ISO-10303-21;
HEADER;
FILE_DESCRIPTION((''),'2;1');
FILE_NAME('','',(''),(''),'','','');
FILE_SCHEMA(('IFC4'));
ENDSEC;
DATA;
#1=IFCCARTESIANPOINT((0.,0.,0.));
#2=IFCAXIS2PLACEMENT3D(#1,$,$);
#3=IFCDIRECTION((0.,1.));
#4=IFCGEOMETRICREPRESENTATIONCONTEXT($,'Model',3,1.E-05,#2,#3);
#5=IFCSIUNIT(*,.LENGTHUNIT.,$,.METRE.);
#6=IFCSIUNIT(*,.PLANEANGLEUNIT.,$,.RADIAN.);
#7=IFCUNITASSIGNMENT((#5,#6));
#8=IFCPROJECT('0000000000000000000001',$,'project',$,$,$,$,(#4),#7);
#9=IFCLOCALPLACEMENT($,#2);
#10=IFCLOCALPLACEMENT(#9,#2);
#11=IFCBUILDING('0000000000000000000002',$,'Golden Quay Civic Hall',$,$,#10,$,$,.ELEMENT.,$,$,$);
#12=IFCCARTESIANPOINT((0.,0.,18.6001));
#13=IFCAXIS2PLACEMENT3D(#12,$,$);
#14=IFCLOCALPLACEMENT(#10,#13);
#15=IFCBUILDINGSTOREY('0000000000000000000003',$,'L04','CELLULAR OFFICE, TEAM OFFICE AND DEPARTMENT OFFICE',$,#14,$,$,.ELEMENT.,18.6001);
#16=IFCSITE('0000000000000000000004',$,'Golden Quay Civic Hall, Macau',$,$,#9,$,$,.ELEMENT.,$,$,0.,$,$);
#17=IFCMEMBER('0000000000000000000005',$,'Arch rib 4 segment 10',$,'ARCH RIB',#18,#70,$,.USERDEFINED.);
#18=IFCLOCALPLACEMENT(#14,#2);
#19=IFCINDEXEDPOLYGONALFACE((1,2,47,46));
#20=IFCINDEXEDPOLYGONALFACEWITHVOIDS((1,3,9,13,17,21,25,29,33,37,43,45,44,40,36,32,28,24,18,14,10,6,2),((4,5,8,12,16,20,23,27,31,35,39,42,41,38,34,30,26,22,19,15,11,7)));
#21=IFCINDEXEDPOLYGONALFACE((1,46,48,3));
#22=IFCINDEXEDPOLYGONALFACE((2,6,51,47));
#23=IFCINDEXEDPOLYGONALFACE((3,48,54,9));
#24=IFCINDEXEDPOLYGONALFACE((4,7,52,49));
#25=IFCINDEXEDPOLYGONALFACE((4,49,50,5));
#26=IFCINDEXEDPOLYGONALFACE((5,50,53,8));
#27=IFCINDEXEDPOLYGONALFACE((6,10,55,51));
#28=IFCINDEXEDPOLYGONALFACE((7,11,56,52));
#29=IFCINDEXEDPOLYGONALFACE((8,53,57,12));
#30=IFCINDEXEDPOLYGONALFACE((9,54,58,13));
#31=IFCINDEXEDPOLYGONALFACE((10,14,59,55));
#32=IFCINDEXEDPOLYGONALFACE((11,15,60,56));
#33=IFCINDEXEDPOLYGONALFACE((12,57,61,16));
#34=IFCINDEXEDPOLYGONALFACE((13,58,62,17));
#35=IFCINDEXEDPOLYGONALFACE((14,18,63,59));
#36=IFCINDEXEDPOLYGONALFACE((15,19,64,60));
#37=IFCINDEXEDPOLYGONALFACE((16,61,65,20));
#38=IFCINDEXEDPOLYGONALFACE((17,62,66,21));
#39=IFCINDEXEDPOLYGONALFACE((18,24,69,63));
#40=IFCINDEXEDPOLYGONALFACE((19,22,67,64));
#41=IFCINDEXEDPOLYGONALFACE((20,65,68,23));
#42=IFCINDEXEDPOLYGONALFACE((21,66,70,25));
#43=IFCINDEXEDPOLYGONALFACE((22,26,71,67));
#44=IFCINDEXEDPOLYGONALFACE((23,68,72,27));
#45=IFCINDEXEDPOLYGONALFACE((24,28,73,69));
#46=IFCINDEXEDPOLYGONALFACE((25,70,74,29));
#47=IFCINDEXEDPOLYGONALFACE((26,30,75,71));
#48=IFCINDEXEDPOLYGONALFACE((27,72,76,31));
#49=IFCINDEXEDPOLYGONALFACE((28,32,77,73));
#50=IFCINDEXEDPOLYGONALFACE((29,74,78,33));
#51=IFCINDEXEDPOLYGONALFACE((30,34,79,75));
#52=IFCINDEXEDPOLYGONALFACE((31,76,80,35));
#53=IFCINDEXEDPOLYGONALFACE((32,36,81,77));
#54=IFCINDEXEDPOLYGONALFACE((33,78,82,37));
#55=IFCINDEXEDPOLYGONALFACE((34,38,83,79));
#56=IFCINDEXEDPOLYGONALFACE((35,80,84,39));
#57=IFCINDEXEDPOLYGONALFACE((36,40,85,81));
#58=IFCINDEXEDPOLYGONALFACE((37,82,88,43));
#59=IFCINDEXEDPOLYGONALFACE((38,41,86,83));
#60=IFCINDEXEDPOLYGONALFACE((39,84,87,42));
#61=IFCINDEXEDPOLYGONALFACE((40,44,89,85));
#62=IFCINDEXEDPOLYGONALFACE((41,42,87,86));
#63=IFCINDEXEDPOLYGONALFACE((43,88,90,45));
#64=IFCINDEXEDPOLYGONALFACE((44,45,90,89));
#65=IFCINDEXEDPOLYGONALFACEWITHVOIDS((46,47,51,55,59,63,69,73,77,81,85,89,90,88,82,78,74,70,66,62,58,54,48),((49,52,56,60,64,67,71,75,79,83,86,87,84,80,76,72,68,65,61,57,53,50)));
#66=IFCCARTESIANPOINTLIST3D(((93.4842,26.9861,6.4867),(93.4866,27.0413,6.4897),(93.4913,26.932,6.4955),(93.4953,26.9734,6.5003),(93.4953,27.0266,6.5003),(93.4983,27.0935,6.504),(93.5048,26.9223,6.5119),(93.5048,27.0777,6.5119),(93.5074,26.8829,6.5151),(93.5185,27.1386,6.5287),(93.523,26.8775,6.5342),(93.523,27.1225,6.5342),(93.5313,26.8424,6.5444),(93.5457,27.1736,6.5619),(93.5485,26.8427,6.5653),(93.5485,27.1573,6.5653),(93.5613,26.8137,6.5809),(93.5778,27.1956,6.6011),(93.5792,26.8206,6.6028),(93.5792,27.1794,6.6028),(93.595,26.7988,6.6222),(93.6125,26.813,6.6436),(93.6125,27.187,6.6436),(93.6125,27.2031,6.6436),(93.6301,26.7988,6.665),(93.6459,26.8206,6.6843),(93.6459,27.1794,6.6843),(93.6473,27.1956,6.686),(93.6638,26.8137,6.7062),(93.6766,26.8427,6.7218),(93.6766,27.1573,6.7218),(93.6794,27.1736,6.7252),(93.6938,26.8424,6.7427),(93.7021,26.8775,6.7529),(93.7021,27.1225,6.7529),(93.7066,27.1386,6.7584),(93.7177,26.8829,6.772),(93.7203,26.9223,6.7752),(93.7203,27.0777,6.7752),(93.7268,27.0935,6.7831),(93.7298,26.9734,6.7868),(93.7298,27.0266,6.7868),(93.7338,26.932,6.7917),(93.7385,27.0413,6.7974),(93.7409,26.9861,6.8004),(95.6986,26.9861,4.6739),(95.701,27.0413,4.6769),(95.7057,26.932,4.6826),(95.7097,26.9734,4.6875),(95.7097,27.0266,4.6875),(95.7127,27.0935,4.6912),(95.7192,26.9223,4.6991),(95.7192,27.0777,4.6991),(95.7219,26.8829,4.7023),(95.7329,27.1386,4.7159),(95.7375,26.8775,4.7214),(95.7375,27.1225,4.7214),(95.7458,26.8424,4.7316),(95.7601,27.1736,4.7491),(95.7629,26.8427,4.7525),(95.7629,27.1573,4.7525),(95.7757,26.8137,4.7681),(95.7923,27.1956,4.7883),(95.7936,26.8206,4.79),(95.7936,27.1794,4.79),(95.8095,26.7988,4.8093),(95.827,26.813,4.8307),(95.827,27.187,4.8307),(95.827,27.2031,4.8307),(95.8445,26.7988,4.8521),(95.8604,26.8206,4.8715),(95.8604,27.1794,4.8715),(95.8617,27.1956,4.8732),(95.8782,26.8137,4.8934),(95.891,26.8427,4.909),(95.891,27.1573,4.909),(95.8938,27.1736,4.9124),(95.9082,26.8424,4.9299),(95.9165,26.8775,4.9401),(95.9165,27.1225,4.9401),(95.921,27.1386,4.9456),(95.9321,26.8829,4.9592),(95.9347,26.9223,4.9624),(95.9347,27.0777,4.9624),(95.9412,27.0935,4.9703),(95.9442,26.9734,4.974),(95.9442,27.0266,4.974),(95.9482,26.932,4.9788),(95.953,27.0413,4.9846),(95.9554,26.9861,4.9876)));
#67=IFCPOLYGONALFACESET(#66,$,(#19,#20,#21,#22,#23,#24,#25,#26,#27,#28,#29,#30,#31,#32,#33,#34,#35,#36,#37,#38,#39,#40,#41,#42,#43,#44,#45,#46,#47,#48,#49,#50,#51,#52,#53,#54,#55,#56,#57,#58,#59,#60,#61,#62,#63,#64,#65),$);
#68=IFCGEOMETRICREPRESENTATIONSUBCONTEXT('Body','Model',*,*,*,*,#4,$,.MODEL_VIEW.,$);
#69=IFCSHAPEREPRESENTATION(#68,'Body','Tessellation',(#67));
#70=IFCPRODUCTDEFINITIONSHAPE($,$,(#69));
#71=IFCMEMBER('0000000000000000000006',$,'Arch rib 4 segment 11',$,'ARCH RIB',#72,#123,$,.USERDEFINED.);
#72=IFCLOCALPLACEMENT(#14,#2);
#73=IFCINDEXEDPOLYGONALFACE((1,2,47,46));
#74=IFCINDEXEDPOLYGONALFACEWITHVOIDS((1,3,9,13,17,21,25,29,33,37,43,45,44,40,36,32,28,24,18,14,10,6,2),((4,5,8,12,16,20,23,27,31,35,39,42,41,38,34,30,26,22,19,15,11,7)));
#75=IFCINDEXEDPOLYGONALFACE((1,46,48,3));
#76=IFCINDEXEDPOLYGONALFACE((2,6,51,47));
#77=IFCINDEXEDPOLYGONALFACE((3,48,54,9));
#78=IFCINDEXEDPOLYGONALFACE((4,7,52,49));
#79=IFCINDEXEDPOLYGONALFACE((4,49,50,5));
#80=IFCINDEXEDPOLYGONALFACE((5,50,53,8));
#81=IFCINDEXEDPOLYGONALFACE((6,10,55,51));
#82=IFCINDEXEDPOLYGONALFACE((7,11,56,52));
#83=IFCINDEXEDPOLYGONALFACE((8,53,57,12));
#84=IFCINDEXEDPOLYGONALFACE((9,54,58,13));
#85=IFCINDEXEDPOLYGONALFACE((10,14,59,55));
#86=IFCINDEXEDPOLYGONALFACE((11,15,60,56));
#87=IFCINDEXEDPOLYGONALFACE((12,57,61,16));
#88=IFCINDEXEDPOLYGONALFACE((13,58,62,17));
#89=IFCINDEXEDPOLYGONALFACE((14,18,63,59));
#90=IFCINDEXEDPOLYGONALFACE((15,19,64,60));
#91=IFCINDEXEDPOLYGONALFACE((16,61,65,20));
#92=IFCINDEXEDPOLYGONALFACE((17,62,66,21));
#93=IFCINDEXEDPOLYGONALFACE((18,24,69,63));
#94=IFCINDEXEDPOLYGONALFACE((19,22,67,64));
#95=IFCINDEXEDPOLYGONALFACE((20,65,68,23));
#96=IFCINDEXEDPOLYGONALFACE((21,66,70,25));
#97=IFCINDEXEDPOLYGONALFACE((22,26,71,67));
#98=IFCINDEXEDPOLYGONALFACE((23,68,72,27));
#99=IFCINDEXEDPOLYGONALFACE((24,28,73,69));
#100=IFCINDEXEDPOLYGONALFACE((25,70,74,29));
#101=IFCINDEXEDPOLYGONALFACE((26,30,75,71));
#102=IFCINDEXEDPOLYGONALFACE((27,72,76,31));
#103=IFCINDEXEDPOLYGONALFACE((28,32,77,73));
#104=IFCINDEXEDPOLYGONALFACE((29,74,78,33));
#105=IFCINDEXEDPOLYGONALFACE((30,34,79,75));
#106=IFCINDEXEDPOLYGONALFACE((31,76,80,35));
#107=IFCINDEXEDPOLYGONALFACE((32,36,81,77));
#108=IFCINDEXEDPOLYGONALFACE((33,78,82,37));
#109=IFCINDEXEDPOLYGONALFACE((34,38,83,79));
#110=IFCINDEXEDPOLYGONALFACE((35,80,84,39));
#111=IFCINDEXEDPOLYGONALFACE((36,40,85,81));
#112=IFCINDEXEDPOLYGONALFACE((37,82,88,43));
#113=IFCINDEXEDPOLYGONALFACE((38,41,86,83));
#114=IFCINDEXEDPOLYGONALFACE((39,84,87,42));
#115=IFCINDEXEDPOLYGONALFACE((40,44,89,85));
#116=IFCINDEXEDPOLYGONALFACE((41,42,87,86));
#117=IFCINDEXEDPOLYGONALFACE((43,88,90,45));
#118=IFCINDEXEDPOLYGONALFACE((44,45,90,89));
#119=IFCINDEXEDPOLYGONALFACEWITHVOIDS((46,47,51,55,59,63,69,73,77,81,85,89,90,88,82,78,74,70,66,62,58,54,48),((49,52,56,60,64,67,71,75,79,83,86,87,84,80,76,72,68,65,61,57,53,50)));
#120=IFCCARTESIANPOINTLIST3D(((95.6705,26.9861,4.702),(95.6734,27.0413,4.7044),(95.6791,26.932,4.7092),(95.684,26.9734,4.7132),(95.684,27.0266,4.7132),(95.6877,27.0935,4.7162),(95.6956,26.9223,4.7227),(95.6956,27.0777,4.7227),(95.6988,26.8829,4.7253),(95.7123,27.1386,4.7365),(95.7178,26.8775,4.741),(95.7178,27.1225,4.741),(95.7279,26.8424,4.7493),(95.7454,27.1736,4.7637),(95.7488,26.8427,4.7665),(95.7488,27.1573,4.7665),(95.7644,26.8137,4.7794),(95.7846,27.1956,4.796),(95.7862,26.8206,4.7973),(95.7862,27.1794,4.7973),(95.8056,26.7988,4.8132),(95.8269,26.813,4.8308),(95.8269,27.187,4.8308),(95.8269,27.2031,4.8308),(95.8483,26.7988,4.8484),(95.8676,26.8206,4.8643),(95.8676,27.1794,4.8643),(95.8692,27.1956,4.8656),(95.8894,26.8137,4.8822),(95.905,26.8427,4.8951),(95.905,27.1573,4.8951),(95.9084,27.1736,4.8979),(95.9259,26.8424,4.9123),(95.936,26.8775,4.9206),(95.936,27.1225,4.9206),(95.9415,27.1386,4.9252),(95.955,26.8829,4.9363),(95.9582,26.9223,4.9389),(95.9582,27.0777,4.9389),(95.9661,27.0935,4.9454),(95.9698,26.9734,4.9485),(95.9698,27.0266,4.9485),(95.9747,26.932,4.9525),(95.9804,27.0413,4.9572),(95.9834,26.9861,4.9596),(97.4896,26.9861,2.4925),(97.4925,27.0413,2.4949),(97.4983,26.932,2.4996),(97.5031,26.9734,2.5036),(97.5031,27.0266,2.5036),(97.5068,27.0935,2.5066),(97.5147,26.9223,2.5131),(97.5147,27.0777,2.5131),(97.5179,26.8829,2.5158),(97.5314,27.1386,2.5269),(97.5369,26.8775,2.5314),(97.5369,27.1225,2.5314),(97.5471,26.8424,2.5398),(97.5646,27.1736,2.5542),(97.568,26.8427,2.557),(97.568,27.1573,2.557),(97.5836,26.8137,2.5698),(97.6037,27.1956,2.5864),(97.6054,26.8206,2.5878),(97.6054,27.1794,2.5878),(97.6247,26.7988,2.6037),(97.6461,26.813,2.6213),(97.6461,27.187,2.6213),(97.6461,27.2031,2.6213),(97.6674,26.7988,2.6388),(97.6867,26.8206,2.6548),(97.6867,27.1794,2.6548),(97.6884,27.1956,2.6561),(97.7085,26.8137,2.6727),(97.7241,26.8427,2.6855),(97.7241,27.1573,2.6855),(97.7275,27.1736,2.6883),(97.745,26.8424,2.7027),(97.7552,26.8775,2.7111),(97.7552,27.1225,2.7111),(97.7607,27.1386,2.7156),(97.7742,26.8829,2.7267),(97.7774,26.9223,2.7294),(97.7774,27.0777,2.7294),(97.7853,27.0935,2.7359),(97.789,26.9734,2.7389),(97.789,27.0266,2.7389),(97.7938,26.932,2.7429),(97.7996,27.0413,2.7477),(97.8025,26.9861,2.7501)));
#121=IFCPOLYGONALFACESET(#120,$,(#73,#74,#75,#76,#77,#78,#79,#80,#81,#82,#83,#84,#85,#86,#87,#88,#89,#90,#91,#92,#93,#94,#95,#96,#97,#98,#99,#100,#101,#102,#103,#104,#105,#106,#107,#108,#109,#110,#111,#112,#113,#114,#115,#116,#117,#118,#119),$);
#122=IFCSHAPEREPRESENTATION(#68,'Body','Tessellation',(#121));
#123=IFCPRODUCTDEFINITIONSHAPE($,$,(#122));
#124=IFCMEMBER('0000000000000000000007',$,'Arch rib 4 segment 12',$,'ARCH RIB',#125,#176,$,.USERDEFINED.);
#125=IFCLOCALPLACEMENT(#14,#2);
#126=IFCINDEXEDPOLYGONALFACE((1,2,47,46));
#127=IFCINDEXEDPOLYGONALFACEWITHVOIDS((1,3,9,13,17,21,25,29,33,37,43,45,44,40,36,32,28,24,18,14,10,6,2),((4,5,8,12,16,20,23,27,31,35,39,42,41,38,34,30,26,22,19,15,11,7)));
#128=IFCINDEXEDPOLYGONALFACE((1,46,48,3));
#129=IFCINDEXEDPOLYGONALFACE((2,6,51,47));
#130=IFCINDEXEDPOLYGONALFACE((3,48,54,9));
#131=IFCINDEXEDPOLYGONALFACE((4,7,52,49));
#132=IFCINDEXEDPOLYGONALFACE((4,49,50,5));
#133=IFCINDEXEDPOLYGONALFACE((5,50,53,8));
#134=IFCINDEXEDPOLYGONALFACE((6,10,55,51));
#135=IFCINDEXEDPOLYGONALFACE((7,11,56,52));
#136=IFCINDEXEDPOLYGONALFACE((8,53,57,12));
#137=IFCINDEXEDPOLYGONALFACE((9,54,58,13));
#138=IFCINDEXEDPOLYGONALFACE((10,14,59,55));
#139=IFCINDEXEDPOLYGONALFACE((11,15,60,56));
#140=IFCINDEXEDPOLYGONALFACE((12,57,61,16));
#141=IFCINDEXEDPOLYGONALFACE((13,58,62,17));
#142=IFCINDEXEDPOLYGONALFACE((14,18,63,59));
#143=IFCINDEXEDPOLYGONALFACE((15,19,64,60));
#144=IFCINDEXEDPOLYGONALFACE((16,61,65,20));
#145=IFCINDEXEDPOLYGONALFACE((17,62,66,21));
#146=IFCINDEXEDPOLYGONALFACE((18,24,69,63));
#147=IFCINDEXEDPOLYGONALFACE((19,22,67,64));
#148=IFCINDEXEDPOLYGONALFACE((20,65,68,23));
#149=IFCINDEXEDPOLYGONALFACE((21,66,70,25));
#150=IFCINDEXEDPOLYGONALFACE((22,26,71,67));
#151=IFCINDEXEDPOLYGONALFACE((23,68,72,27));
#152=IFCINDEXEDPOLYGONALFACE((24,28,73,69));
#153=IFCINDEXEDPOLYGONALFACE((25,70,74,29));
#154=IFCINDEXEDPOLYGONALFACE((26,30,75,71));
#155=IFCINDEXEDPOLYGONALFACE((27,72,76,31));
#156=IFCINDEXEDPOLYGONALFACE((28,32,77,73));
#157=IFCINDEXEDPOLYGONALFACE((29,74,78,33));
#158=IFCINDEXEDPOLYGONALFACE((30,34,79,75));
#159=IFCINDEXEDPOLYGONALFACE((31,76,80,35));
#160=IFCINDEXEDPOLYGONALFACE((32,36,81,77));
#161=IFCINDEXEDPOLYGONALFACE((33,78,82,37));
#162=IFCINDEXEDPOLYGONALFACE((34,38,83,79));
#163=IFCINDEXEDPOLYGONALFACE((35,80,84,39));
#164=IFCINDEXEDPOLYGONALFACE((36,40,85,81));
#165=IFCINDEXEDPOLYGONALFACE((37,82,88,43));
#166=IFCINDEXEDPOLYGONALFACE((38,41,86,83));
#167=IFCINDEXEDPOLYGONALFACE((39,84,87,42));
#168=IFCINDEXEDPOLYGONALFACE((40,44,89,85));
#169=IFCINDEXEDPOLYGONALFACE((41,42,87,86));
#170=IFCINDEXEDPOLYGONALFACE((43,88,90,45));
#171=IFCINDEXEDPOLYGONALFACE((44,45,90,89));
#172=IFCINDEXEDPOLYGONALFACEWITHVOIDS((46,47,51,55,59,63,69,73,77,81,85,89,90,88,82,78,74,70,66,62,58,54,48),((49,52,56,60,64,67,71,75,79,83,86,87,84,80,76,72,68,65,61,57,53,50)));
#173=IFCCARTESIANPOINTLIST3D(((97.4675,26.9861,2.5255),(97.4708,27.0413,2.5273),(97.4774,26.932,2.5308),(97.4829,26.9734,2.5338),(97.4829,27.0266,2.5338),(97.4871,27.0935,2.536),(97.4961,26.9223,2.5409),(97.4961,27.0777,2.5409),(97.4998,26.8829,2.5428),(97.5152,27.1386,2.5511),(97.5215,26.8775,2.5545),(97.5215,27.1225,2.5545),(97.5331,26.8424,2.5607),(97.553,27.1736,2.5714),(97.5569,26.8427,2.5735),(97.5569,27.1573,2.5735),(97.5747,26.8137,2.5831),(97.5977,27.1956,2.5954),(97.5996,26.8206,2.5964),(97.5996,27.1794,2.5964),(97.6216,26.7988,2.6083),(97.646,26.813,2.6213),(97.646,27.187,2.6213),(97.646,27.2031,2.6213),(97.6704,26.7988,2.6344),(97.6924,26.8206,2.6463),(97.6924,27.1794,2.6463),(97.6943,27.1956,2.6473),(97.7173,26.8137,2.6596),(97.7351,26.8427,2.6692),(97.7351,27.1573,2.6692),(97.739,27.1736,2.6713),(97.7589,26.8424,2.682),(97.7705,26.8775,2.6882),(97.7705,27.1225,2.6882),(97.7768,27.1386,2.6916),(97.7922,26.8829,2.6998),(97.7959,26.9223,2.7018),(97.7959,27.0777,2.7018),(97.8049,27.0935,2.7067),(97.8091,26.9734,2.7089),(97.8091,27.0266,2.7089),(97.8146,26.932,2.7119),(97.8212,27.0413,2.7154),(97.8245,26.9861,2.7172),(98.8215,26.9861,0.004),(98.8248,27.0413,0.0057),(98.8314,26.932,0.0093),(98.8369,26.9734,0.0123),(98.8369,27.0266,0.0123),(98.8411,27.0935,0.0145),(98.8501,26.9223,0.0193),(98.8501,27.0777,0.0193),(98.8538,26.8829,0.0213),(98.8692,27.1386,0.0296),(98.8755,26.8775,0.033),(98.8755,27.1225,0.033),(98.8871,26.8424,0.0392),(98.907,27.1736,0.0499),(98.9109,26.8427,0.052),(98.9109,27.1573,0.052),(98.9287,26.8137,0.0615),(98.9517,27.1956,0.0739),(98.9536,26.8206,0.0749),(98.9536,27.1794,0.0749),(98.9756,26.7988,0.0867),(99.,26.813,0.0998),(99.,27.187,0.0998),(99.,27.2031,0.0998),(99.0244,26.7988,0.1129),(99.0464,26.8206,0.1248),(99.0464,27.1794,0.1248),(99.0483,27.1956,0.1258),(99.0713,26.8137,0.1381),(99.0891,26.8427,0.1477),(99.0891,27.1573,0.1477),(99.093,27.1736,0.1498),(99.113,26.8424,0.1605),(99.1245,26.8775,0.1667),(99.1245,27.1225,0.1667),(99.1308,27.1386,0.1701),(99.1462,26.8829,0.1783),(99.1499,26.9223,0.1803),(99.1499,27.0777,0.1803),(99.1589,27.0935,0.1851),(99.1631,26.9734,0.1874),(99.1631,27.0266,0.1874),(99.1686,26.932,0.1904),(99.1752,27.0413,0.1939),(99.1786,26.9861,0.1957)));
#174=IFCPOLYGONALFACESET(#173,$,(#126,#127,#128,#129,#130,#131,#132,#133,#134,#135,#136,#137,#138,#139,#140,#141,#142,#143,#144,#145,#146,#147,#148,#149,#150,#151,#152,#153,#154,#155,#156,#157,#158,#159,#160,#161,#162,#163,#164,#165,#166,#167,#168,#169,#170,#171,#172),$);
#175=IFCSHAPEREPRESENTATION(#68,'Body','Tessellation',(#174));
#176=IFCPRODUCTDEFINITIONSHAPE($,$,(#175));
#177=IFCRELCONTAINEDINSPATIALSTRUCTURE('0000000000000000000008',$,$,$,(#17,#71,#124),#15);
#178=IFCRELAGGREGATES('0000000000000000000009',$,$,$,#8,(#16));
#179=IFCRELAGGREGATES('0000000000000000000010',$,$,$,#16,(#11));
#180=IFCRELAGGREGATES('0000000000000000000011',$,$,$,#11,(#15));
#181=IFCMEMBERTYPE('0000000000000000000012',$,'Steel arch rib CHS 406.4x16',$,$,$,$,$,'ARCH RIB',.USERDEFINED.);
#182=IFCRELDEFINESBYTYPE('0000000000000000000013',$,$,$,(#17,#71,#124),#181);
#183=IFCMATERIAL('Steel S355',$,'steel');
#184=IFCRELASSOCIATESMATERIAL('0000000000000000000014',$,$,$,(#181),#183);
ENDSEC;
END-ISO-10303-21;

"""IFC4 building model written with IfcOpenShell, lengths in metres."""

from ifc_helpers import new_model, si_unit, direction, frame, origin, origin_2d, place, context, subcontext, project, spatial, hollow_circle, extrude, material, material_profile, profile_set, type_object, element, save


model = new_model("IFC4")

# Units and contexts
model_context = context("Model", 3, precision=1e-05, world=origin(), true_north=direction((0.0, 1.0)))
body_context = subcontext(model_context, "Body", "Model", "MODEL_VIEW")
ifc_project = project(units=[si_unit("LENGTHUNIT", "METRE"), si_unit("PLANEANGLEUNIT", "RADIAN")], contexts=[model_context])

# Site, building, storey
site_placement = place(None, origin())
site = spatial("IfcSite", under=ifc_project, at=site_placement, Name="Golden Quay Civic Hall, Macau", CompositionType="ELEMENT", RefElevation=0.0)
building_placement = place(site_placement, origin())
building = spatial("IfcBuilding", under=site, at=building_placement, Name="Golden Quay Civic Hall", CompositionType="ELEMENT")
storey_placement = place(building_placement, frame((0.0, 0.0, 18.6001)))
storey = spatial("IfcBuildingStorey", under=building, at=storey_placement, Name="L04", Description="CELLULAR OFFICE, TEAM OFFICE AND DEPARTMENT OFFICE", CompositionType="ELEMENT", Elevation=18.6001)

# Members
ifc_material_1 = material(Name="Steel S355", Category="steel")
ifc_material_profile_1 = material_profile(ifc_material_1, hollow_circle(Radius=0.2031, WallThickness=0.0161, at=origin_2d()), Name="CHS 406.4x16")
ifc_profile_set_1 = profile_set([ifc_material_profile_1], Name="Steel S355")
member_type_1 = type_object("IfcMemberType", Name="Steel arch rib CHS 406.4x16", ElementType="ARCH RIB", PredefinedType="USERDEFINED", material=ifc_profile_set_1)
member_1_placement = place(storey_placement, frame((93.6125, 27.0, 6.6436), z_axis=(0.773786, 0.0, -0.633447), x_axis=(0.0, 1.0, 0.0)))
element("IfcMember", 1, at=member_1_placement, inside=storey, type_object=member_type_1, Name="Arch rib 4 segment 10", ObjectType="ARCH RIB", PredefinedType="USERDEFINED", context=body_context, shape_type="SweptSolid", body=[
    extrude(hollow_circle(Radius=0.2031, WallThickness=0.0161, at=origin_2d()), origin(), (0.0, 0.0, 1.0), 2.8618),
])
for number, where, z_axis, x_axis, name in (
    (2, (95.8269, 27.0, 4.8308), (0.635609, 0.0, -0.772011), (0.0, 1.0, 0.0), "Arch rib 4 segment 11"),
    (3, (97.646, 27.0, 2.6213), (0.473092, 0.0, -0.881013), (0.0, 1.0, 0.0), "Arch rib 4 segment 12"),
):
    element("IfcMember", number, at=place(storey_placement, frame(where, z_axis=z_axis, x_axis=x_axis)), inside=storey, type_object=member_type_1, Name=name, ObjectType="ARCH RIB", PredefinedType="USERDEFINED", context=body_context, shape_type="SweptSolid", body=[
        extrude(hollow_circle(Radius=0.2031, WallThickness=0.0161, at=origin_2d()), origin(), (0.0, 0.0, 1.0), 2.8621),
    ])

save(model, "model.ifc")
